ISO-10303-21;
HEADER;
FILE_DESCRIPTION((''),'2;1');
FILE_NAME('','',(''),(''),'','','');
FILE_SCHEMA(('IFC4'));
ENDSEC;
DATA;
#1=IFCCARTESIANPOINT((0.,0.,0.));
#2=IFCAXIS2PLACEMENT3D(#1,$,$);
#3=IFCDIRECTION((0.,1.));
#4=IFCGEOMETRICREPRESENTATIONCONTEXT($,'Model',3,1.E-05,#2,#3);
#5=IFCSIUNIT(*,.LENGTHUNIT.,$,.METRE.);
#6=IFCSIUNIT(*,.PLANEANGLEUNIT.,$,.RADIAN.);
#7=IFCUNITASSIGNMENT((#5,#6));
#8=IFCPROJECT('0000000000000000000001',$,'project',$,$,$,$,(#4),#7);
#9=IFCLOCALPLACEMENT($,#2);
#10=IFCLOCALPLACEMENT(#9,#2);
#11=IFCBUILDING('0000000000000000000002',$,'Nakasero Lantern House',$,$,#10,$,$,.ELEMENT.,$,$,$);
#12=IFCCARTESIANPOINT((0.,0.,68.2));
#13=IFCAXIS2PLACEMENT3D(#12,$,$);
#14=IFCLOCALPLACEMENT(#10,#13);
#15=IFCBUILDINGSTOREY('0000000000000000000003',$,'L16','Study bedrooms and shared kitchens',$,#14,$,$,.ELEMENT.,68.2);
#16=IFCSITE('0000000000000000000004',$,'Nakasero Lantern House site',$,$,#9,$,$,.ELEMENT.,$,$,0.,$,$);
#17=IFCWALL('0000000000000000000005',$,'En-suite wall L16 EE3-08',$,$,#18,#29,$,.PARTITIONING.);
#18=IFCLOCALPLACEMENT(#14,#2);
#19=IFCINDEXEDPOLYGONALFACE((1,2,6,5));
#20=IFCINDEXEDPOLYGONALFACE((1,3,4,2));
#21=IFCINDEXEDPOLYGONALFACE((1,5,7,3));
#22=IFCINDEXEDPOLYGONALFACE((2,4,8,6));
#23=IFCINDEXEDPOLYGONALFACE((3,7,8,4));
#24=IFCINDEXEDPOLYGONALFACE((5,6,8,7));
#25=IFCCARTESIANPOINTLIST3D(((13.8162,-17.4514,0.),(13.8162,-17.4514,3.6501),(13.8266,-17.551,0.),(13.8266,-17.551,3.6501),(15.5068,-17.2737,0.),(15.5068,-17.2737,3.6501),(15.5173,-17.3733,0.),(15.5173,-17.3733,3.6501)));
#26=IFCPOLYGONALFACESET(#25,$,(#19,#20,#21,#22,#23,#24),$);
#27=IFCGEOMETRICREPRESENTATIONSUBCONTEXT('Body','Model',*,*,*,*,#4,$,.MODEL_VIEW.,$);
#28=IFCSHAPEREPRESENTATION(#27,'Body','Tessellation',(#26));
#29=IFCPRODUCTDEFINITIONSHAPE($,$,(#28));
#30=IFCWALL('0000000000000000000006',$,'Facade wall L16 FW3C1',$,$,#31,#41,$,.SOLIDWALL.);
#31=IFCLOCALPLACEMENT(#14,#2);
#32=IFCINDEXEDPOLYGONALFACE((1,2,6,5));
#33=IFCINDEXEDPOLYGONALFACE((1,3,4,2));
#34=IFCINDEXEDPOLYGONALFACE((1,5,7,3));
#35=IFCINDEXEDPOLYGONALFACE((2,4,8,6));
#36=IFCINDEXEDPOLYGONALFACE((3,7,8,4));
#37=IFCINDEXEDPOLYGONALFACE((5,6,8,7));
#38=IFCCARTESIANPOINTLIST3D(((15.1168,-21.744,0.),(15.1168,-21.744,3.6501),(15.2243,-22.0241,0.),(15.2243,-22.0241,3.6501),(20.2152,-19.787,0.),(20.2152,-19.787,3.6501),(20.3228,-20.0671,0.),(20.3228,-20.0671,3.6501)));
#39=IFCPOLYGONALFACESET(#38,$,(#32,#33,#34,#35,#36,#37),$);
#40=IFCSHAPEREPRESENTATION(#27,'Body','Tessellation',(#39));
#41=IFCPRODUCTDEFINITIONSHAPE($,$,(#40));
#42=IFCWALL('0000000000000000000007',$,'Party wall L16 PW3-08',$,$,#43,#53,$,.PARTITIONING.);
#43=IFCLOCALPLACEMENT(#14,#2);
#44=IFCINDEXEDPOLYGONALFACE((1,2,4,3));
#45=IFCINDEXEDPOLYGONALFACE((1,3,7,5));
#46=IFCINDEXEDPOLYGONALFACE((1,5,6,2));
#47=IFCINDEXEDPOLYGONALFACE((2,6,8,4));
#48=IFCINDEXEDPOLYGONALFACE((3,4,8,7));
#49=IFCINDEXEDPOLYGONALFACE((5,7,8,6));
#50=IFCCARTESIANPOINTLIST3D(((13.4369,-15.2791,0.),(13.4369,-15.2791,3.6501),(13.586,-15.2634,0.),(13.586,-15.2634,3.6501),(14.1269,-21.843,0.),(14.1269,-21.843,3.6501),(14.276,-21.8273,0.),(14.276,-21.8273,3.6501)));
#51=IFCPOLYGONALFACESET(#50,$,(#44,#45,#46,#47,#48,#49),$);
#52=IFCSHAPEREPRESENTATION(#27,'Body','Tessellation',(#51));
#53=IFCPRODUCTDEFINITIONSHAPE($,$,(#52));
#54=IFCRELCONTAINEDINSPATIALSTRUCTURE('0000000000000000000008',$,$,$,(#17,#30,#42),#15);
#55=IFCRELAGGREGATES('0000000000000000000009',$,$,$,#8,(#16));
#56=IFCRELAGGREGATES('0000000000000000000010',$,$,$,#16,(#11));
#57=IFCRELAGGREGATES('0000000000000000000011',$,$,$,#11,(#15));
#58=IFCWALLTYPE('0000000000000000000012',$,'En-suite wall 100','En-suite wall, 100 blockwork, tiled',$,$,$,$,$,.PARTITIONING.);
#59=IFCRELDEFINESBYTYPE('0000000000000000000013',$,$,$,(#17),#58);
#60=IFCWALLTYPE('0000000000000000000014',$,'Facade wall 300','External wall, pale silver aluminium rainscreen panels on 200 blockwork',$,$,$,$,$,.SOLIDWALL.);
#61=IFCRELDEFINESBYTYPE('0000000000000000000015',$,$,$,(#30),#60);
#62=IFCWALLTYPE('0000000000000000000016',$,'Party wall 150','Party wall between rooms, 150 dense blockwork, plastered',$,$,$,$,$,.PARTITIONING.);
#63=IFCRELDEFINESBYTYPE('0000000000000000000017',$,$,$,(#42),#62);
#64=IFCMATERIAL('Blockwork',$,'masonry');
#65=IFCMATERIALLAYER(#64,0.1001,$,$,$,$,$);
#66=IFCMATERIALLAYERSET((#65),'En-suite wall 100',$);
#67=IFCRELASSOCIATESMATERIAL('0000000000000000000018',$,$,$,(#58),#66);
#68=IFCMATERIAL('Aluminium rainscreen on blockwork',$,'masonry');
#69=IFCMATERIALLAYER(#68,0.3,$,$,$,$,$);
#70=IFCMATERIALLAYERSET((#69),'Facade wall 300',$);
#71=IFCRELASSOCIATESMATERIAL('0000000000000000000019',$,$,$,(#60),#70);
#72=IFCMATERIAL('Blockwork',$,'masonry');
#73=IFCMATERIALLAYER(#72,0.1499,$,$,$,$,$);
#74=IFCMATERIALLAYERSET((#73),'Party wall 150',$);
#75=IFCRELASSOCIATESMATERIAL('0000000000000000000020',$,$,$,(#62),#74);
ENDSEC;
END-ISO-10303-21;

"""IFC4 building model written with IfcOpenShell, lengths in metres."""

from ifc_helpers import new_model, si_unit, direction, frame, frame_2d, origin, place, context, subcontext, project, spatial, rectangle, extrude, material, layer, layer_set, type_object, element, save


model = new_model("IFC4")

# Units and contexts
model_context = context("Model", 3, precision=1e-05, world=origin(), true_north=direction((0.0, 1.0)))
body_context = subcontext(model_context, "Body", "Model", "MODEL_VIEW")
ifc_project = project(units=[si_unit("LENGTHUNIT", "METRE"), si_unit("PLANEANGLEUNIT", "RADIAN")], contexts=[model_context])

# Site, building, storey
site_placement = place(None, origin())
site = spatial("IfcSite", under=ifc_project, at=site_placement, Name="Nakasero Lantern House site", CompositionType="ELEMENT", RefElevation=0.0)
building_placement = place(site_placement, origin())
building = spatial("IfcBuilding", under=site, at=building_placement, Name="Nakasero Lantern House", CompositionType="ELEMENT")
storey_placement = place(building_placement, frame((0.0, 0.0, 68.2)))
storey = spatial("IfcBuildingStorey", under=building, at=storey_placement, Name="L16", Description="Study bedrooms and shared kitchens", CompositionType="ELEMENT", Elevation=68.2)

# Shared definitions
ifc_material_1 = material(Name="Blockwork", Category="masonry")
ifc_layer_1 = layer(ifc_material_1, 0.1001)
ifc_layer_set_1 = layer_set([ifc_layer_1], Name="En-suite wall 100")
wall_type_1 = type_object("IfcWallType", Name="En-suite wall 100", Description="En-suite wall, 100 blockwork, tiled", PredefinedType="PARTITIONING", material=ifc_layer_set_1)

# Walls
wall_1_placement = place(storey_placement, frame((13.8213, -17.5012, 0.0), z_axis=(0.0, 0.0, 1.0), x_axis=(0.99452, 0.10455, 0.0)))
element("IfcWall", 1, at=wall_1_placement, inside=storey, type_object=wall_type_1, Name="En-suite wall L16 EE3-08", PredefinedType="PARTITIONING", context=body_context, shape_type="SweptSolid", body=[
    extrude(rectangle(XDim=1.7, YDim=0.1001, at=frame_2d((0.8501, 0.0))), origin(), (0.0, 0.0, 1.0), 3.6501),
])
ifc_material_2 = material(Name="Aluminium rainscreen on blockwork", Category="masonry")
ifc_layer_2 = layer(ifc_material_2, 0.3)
ifc_layer_set_2 = layer_set([ifc_layer_2], Name="Facade wall 300")
wall_type_2 = type_object("IfcWallType", Name="Facade wall 300", Description="External wall, pale silver aluminium rainscreen panels on 200 blockwork", PredefinedType="SOLIDWALL", material=ifc_layer_set_2)
wall_2_placement = place(storey_placement, frame((15.1707, -21.884, 0.0), z_axis=(0.0, 0.0, 1.0), x_axis=(0.933584, 0.358359, 0.0)))
element("IfcWall", 2, at=wall_2_placement, inside=storey, type_object=wall_type_2, Name="Facade wall L16 FW3C1", PredefinedType="SOLIDWALL", context=body_context, shape_type="SweptSolid", body=[
    extrude(rectangle(XDim=5.4612, YDim=0.3, at=frame_2d((2.7305, 0.0))), origin(), (0.0, 0.0, 1.0), 3.6501),
])
ifc_material_3 = material(Name="Blockwork", Category="masonry")
ifc_layer_3 = layer(ifc_material_3, 0.1499)
ifc_layer_set_3 = layer_set([ifc_layer_3], Name="Party wall 150")
wall_type_3 = type_object("IfcWallType", Name="Party wall 150", Description="Party wall between rooms, 150 dense blockwork, plastered", PredefinedType="PARTITIONING", material=ifc_layer_set_3)
wall_3_placement = place(storey_placement, frame((13.5115, -15.2712, 0.0), z_axis=(0.0, 0.0, 1.0), x_axis=(0.104535, -0.994521, 0.0)))
element("IfcWall", 3, at=wall_3_placement, inside=storey, type_object=wall_type_3, Name="Party wall L16 PW3-08", PredefinedType="PARTITIONING", context=body_context, shape_type="SweptSolid", body=[
    extrude(rectangle(XDim=6.6001, YDim=0.1499, at=frame_2d((3.3, 0.0))), origin(), (0.0, 0.0, 1.0), 3.6501),
])

save(model, "model.ifc")
